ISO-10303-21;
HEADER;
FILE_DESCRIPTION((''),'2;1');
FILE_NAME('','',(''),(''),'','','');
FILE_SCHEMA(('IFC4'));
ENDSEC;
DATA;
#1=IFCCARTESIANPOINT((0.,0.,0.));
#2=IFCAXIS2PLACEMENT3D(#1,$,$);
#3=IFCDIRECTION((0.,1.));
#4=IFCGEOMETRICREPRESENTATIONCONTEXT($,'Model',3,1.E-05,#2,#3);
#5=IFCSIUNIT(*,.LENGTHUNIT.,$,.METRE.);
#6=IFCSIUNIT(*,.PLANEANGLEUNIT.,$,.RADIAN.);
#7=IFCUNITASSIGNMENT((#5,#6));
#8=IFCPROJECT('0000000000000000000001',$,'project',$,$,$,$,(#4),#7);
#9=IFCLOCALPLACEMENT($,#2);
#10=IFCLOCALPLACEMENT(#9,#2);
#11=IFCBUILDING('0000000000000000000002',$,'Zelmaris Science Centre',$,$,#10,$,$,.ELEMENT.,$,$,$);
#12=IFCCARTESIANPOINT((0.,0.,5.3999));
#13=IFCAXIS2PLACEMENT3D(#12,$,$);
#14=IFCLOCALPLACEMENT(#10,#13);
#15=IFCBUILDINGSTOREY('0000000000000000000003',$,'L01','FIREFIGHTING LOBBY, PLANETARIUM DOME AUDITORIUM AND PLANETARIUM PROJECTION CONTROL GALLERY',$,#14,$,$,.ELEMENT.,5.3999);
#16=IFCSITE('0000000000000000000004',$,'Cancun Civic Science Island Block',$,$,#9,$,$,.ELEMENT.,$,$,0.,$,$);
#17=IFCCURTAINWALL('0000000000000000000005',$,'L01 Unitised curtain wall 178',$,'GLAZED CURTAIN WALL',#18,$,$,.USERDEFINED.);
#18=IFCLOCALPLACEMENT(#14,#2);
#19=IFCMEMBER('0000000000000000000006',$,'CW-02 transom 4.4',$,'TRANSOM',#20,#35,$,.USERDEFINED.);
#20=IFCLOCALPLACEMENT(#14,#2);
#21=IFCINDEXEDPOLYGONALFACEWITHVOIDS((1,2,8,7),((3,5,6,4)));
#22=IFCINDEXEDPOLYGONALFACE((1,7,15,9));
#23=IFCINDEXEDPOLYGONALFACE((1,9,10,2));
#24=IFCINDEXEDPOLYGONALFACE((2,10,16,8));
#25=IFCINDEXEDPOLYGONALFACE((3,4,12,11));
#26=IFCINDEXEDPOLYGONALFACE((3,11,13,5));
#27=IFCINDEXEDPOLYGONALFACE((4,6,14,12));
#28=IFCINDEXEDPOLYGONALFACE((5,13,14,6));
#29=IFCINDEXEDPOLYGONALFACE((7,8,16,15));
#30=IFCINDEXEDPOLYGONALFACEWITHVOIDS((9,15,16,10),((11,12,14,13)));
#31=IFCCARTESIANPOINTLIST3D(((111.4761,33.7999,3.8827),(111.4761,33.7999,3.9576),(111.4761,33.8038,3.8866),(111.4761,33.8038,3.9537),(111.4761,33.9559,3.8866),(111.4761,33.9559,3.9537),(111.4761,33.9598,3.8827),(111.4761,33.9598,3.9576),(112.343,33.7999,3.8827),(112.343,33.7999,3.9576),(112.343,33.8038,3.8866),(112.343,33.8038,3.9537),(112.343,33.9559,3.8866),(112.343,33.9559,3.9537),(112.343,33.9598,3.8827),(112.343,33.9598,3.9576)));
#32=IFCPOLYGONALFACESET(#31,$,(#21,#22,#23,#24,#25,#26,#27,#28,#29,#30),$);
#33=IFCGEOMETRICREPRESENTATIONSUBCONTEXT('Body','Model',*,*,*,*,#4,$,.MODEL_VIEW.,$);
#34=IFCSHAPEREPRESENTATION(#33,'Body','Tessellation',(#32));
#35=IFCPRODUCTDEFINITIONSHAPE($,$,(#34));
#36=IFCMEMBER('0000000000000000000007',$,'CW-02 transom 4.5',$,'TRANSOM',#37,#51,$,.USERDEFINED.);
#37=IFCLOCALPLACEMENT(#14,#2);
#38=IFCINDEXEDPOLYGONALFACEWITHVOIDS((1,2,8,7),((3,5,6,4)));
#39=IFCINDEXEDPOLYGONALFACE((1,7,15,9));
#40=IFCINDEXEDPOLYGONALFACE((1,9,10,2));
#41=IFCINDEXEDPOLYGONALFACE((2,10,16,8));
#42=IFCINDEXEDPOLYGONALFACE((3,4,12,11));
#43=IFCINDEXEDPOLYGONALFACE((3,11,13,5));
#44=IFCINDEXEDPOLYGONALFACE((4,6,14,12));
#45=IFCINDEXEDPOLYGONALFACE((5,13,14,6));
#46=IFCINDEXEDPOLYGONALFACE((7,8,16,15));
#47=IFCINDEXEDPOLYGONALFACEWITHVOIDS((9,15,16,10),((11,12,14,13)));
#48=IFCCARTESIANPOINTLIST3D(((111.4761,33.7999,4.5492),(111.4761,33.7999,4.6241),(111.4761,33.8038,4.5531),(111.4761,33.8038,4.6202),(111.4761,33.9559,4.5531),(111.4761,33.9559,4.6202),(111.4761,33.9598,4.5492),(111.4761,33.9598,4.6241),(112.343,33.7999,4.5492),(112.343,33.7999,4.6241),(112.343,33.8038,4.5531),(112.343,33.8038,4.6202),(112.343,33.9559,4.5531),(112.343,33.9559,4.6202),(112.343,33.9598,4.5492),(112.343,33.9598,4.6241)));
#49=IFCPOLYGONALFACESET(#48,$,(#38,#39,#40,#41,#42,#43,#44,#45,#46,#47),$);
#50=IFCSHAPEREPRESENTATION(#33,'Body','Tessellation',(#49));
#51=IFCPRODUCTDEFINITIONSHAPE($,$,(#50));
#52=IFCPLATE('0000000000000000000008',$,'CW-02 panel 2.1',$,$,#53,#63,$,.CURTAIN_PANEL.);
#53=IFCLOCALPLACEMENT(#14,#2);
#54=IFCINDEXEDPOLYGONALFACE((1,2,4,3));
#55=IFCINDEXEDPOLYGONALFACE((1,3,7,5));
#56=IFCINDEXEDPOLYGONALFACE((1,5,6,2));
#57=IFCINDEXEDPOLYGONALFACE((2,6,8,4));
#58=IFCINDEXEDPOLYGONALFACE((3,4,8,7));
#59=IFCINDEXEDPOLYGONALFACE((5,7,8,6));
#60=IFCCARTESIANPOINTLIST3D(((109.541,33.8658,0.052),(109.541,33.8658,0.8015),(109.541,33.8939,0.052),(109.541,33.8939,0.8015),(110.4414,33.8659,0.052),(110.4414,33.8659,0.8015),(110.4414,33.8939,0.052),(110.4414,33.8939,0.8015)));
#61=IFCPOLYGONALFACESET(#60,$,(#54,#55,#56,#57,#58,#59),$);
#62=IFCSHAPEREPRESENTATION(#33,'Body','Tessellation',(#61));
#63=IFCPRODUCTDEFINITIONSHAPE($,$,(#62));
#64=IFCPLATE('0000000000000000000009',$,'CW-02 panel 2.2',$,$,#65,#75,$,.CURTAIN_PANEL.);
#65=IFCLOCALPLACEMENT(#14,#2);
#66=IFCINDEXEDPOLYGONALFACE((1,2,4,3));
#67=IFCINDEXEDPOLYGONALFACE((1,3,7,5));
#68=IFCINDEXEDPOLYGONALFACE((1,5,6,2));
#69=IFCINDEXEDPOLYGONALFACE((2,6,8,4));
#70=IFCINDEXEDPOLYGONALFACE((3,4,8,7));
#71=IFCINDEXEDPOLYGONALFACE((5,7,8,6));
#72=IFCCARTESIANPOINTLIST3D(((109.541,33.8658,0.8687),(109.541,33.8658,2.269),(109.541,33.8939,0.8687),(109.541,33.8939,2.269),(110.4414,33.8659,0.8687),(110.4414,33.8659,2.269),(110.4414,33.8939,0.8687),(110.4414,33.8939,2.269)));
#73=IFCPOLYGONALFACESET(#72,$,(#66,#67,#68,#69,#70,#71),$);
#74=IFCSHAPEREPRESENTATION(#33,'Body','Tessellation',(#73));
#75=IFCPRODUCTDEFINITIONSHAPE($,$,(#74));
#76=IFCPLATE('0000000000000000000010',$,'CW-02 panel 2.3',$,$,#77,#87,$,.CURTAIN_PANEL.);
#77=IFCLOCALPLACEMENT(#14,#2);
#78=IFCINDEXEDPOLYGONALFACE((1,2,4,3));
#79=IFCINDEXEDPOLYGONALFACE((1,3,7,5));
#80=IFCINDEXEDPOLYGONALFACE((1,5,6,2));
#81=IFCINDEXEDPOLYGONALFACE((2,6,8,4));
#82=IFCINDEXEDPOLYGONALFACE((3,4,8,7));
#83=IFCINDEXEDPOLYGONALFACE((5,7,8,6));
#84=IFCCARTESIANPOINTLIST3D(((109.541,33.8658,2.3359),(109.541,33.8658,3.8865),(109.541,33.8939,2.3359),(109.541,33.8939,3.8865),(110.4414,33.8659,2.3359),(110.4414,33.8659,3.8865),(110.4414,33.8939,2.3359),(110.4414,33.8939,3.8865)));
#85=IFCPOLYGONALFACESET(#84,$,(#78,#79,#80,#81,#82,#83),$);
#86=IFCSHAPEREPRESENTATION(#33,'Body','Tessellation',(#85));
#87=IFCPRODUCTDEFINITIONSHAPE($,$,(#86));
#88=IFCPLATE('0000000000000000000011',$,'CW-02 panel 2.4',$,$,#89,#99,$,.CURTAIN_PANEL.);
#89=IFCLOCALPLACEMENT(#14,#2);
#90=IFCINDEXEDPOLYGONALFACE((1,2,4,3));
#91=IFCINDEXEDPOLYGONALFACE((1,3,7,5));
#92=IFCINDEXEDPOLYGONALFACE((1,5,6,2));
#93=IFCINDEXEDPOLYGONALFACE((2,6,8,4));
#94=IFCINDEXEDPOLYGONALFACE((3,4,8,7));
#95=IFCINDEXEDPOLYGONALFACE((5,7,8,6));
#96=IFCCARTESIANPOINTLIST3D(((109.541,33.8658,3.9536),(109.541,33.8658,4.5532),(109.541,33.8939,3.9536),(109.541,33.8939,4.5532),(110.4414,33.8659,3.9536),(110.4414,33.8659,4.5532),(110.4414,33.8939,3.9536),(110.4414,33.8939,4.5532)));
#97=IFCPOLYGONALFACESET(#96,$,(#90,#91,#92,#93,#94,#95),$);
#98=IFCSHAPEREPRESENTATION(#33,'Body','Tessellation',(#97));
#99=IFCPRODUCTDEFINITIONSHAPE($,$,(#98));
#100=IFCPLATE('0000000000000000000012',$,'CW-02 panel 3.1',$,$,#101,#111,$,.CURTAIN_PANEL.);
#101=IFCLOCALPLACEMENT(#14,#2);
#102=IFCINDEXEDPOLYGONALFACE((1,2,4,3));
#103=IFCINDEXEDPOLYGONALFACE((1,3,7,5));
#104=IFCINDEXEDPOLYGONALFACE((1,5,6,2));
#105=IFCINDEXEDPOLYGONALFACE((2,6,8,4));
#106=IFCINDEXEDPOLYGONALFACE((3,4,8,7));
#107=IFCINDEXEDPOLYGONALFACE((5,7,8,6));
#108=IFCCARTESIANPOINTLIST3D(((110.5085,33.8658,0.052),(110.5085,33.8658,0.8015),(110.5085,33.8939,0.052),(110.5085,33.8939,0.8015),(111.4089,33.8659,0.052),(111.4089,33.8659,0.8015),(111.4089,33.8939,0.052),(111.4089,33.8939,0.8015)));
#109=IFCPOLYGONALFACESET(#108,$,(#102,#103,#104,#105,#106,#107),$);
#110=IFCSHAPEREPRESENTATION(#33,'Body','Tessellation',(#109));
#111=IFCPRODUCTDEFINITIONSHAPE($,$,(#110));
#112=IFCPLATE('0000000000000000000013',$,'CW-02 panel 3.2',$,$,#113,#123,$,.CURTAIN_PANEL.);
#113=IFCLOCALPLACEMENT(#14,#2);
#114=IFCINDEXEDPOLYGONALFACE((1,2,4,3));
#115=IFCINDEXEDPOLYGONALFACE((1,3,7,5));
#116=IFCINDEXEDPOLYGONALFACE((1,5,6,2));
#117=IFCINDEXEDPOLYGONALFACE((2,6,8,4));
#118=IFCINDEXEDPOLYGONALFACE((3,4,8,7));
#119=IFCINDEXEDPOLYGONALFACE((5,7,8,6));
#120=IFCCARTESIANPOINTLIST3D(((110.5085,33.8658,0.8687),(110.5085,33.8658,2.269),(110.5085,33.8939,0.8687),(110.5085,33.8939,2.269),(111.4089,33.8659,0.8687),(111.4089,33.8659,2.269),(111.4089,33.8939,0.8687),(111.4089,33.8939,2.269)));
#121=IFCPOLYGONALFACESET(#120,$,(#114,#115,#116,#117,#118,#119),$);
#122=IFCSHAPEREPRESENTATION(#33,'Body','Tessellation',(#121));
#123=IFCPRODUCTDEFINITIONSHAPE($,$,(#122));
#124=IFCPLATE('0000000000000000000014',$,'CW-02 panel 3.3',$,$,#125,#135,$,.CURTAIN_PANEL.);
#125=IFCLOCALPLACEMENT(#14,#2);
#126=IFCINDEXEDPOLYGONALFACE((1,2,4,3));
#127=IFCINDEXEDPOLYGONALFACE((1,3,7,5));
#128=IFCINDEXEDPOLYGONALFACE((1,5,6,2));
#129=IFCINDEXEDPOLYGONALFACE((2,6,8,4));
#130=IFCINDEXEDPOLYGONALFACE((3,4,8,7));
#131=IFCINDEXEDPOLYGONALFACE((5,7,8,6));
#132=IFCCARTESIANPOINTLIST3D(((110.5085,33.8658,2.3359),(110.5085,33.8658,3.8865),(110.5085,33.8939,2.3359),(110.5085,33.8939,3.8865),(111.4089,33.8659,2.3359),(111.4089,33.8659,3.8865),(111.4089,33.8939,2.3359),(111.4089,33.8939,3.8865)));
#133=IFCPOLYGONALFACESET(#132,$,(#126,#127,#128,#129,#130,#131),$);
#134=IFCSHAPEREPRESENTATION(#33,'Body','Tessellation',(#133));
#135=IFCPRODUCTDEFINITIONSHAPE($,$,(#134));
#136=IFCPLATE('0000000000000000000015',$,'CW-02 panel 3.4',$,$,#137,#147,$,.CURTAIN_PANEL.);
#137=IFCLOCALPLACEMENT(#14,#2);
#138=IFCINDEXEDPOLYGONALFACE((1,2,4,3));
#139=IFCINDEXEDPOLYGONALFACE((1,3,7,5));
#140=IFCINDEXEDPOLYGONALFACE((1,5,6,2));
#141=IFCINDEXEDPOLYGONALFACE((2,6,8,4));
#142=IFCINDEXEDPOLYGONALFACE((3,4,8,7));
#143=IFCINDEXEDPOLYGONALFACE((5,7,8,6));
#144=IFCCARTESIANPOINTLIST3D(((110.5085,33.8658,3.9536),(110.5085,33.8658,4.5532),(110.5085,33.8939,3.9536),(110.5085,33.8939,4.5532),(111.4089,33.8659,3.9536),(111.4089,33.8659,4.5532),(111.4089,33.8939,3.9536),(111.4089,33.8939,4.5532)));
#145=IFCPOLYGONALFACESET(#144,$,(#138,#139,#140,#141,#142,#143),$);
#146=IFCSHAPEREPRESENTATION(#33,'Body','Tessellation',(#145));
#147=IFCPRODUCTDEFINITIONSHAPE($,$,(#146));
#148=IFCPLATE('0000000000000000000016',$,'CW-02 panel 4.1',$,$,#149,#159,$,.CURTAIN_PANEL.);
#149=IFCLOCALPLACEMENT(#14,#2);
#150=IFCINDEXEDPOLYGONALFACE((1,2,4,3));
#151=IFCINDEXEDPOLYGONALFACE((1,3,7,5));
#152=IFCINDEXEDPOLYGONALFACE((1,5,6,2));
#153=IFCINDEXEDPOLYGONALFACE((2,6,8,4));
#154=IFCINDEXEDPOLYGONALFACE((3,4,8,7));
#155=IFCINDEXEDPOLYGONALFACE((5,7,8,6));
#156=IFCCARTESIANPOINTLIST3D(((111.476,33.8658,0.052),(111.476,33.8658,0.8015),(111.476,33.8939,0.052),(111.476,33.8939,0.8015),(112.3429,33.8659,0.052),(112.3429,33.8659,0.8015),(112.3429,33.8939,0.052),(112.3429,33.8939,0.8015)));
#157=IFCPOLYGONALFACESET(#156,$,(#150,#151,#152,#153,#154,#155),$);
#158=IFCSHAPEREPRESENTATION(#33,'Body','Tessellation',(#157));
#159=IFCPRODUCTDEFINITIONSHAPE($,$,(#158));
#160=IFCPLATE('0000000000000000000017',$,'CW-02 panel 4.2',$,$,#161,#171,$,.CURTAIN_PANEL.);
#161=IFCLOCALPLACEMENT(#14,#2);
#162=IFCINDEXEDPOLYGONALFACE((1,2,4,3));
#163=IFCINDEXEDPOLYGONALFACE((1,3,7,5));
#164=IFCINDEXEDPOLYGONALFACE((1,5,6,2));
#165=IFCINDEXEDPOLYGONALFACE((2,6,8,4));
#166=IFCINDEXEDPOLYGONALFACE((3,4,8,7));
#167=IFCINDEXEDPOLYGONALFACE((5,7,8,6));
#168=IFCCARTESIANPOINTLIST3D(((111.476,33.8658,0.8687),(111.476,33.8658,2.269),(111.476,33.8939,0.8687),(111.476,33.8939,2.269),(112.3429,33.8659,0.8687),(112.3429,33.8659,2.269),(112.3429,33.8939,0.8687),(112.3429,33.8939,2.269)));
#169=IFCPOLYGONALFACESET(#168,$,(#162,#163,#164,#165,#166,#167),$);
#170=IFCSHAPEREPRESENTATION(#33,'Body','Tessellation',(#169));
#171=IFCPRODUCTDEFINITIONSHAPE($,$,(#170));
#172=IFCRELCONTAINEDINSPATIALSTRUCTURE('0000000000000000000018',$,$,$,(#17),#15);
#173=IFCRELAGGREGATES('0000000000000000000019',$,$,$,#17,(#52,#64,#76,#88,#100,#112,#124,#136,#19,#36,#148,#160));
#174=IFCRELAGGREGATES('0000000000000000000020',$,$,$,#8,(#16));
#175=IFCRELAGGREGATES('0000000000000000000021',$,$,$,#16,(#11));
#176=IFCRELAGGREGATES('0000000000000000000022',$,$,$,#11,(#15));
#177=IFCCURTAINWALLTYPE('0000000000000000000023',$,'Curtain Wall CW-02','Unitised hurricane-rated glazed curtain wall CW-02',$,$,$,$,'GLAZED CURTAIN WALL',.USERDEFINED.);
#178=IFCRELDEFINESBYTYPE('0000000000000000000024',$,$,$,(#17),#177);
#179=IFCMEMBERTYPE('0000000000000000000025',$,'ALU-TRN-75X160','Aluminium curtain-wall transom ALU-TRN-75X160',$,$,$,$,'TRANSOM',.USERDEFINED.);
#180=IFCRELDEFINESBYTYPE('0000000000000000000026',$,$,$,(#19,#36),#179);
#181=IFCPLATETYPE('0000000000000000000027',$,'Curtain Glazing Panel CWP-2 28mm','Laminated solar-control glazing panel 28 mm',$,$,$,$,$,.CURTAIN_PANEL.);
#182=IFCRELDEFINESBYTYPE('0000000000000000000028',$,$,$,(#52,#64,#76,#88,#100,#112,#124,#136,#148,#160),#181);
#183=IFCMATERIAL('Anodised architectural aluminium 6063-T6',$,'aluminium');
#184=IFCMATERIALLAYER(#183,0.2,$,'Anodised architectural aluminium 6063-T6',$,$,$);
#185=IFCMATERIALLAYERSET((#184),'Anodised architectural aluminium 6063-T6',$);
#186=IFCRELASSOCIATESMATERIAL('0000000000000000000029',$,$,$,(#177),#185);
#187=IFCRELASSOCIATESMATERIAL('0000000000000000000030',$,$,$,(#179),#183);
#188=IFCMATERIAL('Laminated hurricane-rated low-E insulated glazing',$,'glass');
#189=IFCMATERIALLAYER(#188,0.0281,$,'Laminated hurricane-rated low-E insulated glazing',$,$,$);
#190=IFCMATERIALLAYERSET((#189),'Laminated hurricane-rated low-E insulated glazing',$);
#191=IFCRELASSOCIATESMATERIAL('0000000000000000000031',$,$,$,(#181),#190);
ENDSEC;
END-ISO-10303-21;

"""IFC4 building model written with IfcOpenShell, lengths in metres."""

from ifc_helpers import new_model, si_unit, direction, frame, origin, origin_2d, place, context, subcontext, project, spatial, rectangle, hollow_rectangle, extrude, material, layer, layer_set, material_profile, profile_set, type_object, element, aggregate, save


model = new_model("IFC4")

# Units and contexts
model_context = context("Model", 3, precision=1e-05, world=origin(), true_north=direction((0.0, 1.0)))
body_context = subcontext(model_context, "Body", "Model", "MODEL_VIEW")
ifc_project = project(units=[si_unit("LENGTHUNIT", "METRE"), si_unit("PLANEANGLEUNIT", "RADIAN")], contexts=[model_context])

# Site, building, storey
site_placement = place(None, origin())
site = spatial("IfcSite", under=ifc_project, at=site_placement, Name="Cancun Civic Science Island Block", CompositionType="ELEMENT", RefElevation=0.0)
building_placement = place(site_placement, origin())
building = spatial("IfcBuilding", under=site, at=building_placement, Name="Zelmaris Science Centre", CompositionType="ELEMENT")
storey_placement = place(building_placement, frame((0.0, 0.0, 5.3999)))
storey = spatial("IfcBuildingStorey", under=building, at=storey_placement, Name="L01", Description="FIREFIGHTING LOBBY, PLANETARIUM DOME AUDITORIUM AND PLANETARIUM PROJECTION CONTROL GALLERY", CompositionType="ELEMENT", Elevation=5.3999)

# Curtain wall, members, plates
ifc_material_1 = material(Name="Anodised architectural aluminium 6063-T6", Category="aluminium")
ifc_layer_1 = layer(ifc_material_1, 0.2, Name="Anodised architectural aluminium 6063-T6")
ifc_layer_set_1 = layer_set([ifc_layer_1], Name="Anodised architectural aluminium 6063-T6")
curtain_wall_type = type_object("IfcCurtainWallType", Name="Curtain Wall CW-02", Description="Unitised hurricane-rated glazed curtain wall CW-02", ElementType="GLAZED CURTAIN WALL", PredefinedType="USERDEFINED", material=ifc_layer_set_1)
curtain_wall_placement = place(storey_placement, origin())
curtain_wall = element("IfcCurtainWall", 1, at=curtain_wall_placement, inside=storey, type_object=curtain_wall_type, Name="L01 Unitised curtain wall 178", ObjectType="GLAZED CURTAIN WALL", PredefinedType="USERDEFINED")
ifc_material_profile_1 = material_profile(ifc_material_1, hollow_rectangle(XDim=0.075, YDim=0.1599, WallThickness=0.0039, at=origin_2d()), Name="ALU-TRN-75X160")
ifc_profile_set_1 = profile_set([ifc_material_profile_1], Name="Anodised architectural aluminium 6063-T6")
member_type_1 = type_object("IfcMemberType", Name="ALU-TRN-75X160", Description="Aluminium curtain-wall transom ALU-TRN-75X160", ElementType="TRANSOM", PredefinedType="USERDEFINED", material=ifc_profile_set_1)
member_1_placement = place(storey_placement, frame((111.4761, 33.8799, 3.9202), z_axis=(1.0, 0.0, 0.0), x_axis=(0.0, 0.0, 1.0)))
member_1 = element("IfcMember", 2, at=member_1_placement, type_object=member_type_1, Name="CW-02 transom 4.4", ObjectType="TRANSOM", PredefinedType="USERDEFINED", context=body_context, shape_type="SweptSolid", body=[
    extrude(hollow_rectangle(XDim=0.075, YDim=0.1599, WallThickness=0.0039, at=origin_2d()), origin(), (0.0, 0.0, 1.0), 0.8669),
])
member_2_placement = place(storey_placement, frame((111.4761, 33.8799, 4.5867), z_axis=(1.0, 0.0, 0.0), x_axis=(0.0, 0.0, 1.0)))
member_2 = element("IfcMember", 3, at=member_2_placement, type_object=member_type_1, Name="CW-02 transom 4.5", ObjectType="TRANSOM", PredefinedType="USERDEFINED", context=body_context, shape_type="SweptSolid", body=[
    extrude(hollow_rectangle(XDim=0.075, YDim=0.1599, WallThickness=0.0039, at=origin_2d()), origin(), (0.0, 0.0, 1.0), 0.8669),
])
ifc_material_2 = material(Name="Laminated hurricane-rated low-E insulated glazing", Category="glass")
ifc_layer_2 = layer(ifc_material_2, 0.0281, Name="Laminated hurricane-rated low-E insulated glazing")
ifc_layer_set_2 = layer_set([ifc_layer_2], Name="Laminated hurricane-rated low-E insulated glazing")
plate_type = type_object("IfcPlateType", Name="Curtain Glazing Panel CWP-2 28mm", Description="Laminated solar-control glazing panel 28 mm", PredefinedType="CURTAIN_PANEL", material=ifc_layer_set_2)
plate_1_placement = place(storey_placement, frame((109.9912, 33.8799, 0.052), z_axis=(0.0, 0.0, 1.0), x_axis=(1.0, 0.000026, 0.0)))
plate_1 = element("IfcPlate", 4, at=plate_1_placement, type_object=plate_type, Name="CW-02 panel 2.1", PredefinedType="CURTAIN_PANEL", context=body_context, shape_type="SweptSolid", body=[
    extrude(rectangle(XDim=0.9004, YDim=0.0281, at=origin_2d()), origin(), (0.0, 0.0, 1.0), 0.7495),
])
plate_2_placement = place(storey_placement, frame((109.9912, 33.8799, 0.8687), z_axis=(0.0, 0.0, 1.0), x_axis=(1.0, 0.000026, 0.0)))
plate_2 = element("IfcPlate", 5, at=plate_2_placement, type_object=plate_type, Name="CW-02 panel 2.2", PredefinedType="CURTAIN_PANEL", context=body_context, shape_type="SweptSolid", body=[
    extrude(rectangle(XDim=0.9004, YDim=0.0281, at=origin_2d()), origin(), (0.0, 0.0, 1.0), 1.4004),
])
plate_3_placement = place(storey_placement, frame((109.9912, 33.8799, 2.3359), z_axis=(0.0, 0.0, 1.0), x_axis=(1.0, 0.000026, 0.0)))
plate_3 = element("IfcPlate", 6, at=plate_3_placement, type_object=plate_type, Name="CW-02 panel 2.3", PredefinedType="CURTAIN_PANEL", context=body_context, shape_type="SweptSolid", body=[
    extrude(rectangle(XDim=0.9004, YDim=0.0281, at=origin_2d()), origin(), (0.0, 0.0, 1.0), 1.5505),
])
plate_4_placement = place(storey_placement, frame((109.9912, 33.8799, 3.9536), z_axis=(0.0, 0.0, 1.0), x_axis=(1.0, 0.000026, 0.0)))
plate_4 = element("IfcPlate", 7, at=plate_4_placement, type_object=plate_type, Name="CW-02 panel 2.4", PredefinedType="CURTAIN_PANEL", context=body_context, shape_type="SweptSolid", body=[
    extrude(rectangle(XDim=0.9004, YDim=0.0281, at=origin_2d()), origin(), (0.0, 0.0, 1.0), 0.5996),
])
plate_5_placement = place(storey_placement, frame((110.9587, 33.8799, 0.052), z_axis=(0.0, 0.0, 1.0), x_axis=(1.0, 0.000026, 0.0)))
plate_5 = element("IfcPlate", 8, at=plate_5_placement, type_object=plate_type, Name="CW-02 panel 3.1", PredefinedType="CURTAIN_PANEL", context=body_context, shape_type="SweptSolid", body=[
    extrude(rectangle(XDim=0.9004, YDim=0.0281, at=origin_2d()), origin(), (0.0, 0.0, 1.0), 0.7495),
])
plate_6_placement = place(storey_placement, frame((110.9587, 33.8799, 0.8687), z_axis=(0.0, 0.0, 1.0), x_axis=(1.0, 0.000026, 0.0)))
plate_6 = element("IfcPlate", 9, at=plate_6_placement, type_object=plate_type, Name="CW-02 panel 3.2", PredefinedType="CURTAIN_PANEL", context=body_context, shape_type="SweptSolid", body=[
    extrude(rectangle(XDim=0.9004, YDim=0.0281, at=origin_2d()), origin(), (0.0, 0.0, 1.0), 1.4004),
])
plate_7_placement = place(storey_placement, frame((110.9587, 33.8799, 2.3359), z_axis=(0.0, 0.0, 1.0), x_axis=(1.0, 0.000026, 0.0)))
plate_7 = element("IfcPlate", 10, at=plate_7_placement, type_object=plate_type, Name="CW-02 panel 3.3", PredefinedType="CURTAIN_PANEL", context=body_context, shape_type="SweptSolid", body=[
    extrude(rectangle(XDim=0.9004, YDim=0.0281, at=origin_2d()), origin(), (0.0, 0.0, 1.0), 1.5505),
])
plate_8_placement = place(storey_placement, frame((110.9587, 33.8799, 3.9536), z_axis=(0.0, 0.0, 1.0), x_axis=(1.0, 0.000026, 0.0)))
plate_8 = element("IfcPlate", 11, at=plate_8_placement, type_object=plate_type, Name="CW-02 panel 3.4", PredefinedType="CURTAIN_PANEL", context=body_context, shape_type="SweptSolid", body=[
    extrude(rectangle(XDim=0.9004, YDim=0.0281, at=origin_2d()), origin(), (0.0, 0.0, 1.0), 0.5996),
])
plate_9_placement = place(storey_placement, frame((111.9094, 33.8799, 0.052), z_axis=(0.0, 0.0, 1.0), x_axis=(1.0, 0.000026, 0.0)))
plate_9 = element("IfcPlate", 12, at=plate_9_placement, type_object=plate_type, Name="CW-02 panel 4.1", PredefinedType="CURTAIN_PANEL", context=body_context, shape_type="SweptSolid", body=[
    extrude(rectangle(XDim=0.8669, YDim=0.0281, at=origin_2d()), origin(), (0.0, 0.0, 1.0), 0.7495),
])
plate_10_placement = place(storey_placement, frame((111.9094, 33.8799, 0.8687), z_axis=(0.0, 0.0, 1.0), x_axis=(1.0, 0.000026, 0.0)))
plate_10 = element("IfcPlate", 13, at=plate_10_placement, type_object=plate_type, Name="CW-02 panel 4.2", PredefinedType="CURTAIN_PANEL", context=body_context, shape_type="SweptSolid", body=[
    extrude(rectangle(XDim=0.8669, YDim=0.0281, at=origin_2d()), origin(), (0.0, 0.0, 1.0), 1.4004),
])
aggregate(curtain_wall, [plate_1, plate_2, plate_3, plate_4, plate_5, plate_6, plate_7, plate_8, member_1, member_2, plate_9, plate_10])

save(model, "model.ifc")
